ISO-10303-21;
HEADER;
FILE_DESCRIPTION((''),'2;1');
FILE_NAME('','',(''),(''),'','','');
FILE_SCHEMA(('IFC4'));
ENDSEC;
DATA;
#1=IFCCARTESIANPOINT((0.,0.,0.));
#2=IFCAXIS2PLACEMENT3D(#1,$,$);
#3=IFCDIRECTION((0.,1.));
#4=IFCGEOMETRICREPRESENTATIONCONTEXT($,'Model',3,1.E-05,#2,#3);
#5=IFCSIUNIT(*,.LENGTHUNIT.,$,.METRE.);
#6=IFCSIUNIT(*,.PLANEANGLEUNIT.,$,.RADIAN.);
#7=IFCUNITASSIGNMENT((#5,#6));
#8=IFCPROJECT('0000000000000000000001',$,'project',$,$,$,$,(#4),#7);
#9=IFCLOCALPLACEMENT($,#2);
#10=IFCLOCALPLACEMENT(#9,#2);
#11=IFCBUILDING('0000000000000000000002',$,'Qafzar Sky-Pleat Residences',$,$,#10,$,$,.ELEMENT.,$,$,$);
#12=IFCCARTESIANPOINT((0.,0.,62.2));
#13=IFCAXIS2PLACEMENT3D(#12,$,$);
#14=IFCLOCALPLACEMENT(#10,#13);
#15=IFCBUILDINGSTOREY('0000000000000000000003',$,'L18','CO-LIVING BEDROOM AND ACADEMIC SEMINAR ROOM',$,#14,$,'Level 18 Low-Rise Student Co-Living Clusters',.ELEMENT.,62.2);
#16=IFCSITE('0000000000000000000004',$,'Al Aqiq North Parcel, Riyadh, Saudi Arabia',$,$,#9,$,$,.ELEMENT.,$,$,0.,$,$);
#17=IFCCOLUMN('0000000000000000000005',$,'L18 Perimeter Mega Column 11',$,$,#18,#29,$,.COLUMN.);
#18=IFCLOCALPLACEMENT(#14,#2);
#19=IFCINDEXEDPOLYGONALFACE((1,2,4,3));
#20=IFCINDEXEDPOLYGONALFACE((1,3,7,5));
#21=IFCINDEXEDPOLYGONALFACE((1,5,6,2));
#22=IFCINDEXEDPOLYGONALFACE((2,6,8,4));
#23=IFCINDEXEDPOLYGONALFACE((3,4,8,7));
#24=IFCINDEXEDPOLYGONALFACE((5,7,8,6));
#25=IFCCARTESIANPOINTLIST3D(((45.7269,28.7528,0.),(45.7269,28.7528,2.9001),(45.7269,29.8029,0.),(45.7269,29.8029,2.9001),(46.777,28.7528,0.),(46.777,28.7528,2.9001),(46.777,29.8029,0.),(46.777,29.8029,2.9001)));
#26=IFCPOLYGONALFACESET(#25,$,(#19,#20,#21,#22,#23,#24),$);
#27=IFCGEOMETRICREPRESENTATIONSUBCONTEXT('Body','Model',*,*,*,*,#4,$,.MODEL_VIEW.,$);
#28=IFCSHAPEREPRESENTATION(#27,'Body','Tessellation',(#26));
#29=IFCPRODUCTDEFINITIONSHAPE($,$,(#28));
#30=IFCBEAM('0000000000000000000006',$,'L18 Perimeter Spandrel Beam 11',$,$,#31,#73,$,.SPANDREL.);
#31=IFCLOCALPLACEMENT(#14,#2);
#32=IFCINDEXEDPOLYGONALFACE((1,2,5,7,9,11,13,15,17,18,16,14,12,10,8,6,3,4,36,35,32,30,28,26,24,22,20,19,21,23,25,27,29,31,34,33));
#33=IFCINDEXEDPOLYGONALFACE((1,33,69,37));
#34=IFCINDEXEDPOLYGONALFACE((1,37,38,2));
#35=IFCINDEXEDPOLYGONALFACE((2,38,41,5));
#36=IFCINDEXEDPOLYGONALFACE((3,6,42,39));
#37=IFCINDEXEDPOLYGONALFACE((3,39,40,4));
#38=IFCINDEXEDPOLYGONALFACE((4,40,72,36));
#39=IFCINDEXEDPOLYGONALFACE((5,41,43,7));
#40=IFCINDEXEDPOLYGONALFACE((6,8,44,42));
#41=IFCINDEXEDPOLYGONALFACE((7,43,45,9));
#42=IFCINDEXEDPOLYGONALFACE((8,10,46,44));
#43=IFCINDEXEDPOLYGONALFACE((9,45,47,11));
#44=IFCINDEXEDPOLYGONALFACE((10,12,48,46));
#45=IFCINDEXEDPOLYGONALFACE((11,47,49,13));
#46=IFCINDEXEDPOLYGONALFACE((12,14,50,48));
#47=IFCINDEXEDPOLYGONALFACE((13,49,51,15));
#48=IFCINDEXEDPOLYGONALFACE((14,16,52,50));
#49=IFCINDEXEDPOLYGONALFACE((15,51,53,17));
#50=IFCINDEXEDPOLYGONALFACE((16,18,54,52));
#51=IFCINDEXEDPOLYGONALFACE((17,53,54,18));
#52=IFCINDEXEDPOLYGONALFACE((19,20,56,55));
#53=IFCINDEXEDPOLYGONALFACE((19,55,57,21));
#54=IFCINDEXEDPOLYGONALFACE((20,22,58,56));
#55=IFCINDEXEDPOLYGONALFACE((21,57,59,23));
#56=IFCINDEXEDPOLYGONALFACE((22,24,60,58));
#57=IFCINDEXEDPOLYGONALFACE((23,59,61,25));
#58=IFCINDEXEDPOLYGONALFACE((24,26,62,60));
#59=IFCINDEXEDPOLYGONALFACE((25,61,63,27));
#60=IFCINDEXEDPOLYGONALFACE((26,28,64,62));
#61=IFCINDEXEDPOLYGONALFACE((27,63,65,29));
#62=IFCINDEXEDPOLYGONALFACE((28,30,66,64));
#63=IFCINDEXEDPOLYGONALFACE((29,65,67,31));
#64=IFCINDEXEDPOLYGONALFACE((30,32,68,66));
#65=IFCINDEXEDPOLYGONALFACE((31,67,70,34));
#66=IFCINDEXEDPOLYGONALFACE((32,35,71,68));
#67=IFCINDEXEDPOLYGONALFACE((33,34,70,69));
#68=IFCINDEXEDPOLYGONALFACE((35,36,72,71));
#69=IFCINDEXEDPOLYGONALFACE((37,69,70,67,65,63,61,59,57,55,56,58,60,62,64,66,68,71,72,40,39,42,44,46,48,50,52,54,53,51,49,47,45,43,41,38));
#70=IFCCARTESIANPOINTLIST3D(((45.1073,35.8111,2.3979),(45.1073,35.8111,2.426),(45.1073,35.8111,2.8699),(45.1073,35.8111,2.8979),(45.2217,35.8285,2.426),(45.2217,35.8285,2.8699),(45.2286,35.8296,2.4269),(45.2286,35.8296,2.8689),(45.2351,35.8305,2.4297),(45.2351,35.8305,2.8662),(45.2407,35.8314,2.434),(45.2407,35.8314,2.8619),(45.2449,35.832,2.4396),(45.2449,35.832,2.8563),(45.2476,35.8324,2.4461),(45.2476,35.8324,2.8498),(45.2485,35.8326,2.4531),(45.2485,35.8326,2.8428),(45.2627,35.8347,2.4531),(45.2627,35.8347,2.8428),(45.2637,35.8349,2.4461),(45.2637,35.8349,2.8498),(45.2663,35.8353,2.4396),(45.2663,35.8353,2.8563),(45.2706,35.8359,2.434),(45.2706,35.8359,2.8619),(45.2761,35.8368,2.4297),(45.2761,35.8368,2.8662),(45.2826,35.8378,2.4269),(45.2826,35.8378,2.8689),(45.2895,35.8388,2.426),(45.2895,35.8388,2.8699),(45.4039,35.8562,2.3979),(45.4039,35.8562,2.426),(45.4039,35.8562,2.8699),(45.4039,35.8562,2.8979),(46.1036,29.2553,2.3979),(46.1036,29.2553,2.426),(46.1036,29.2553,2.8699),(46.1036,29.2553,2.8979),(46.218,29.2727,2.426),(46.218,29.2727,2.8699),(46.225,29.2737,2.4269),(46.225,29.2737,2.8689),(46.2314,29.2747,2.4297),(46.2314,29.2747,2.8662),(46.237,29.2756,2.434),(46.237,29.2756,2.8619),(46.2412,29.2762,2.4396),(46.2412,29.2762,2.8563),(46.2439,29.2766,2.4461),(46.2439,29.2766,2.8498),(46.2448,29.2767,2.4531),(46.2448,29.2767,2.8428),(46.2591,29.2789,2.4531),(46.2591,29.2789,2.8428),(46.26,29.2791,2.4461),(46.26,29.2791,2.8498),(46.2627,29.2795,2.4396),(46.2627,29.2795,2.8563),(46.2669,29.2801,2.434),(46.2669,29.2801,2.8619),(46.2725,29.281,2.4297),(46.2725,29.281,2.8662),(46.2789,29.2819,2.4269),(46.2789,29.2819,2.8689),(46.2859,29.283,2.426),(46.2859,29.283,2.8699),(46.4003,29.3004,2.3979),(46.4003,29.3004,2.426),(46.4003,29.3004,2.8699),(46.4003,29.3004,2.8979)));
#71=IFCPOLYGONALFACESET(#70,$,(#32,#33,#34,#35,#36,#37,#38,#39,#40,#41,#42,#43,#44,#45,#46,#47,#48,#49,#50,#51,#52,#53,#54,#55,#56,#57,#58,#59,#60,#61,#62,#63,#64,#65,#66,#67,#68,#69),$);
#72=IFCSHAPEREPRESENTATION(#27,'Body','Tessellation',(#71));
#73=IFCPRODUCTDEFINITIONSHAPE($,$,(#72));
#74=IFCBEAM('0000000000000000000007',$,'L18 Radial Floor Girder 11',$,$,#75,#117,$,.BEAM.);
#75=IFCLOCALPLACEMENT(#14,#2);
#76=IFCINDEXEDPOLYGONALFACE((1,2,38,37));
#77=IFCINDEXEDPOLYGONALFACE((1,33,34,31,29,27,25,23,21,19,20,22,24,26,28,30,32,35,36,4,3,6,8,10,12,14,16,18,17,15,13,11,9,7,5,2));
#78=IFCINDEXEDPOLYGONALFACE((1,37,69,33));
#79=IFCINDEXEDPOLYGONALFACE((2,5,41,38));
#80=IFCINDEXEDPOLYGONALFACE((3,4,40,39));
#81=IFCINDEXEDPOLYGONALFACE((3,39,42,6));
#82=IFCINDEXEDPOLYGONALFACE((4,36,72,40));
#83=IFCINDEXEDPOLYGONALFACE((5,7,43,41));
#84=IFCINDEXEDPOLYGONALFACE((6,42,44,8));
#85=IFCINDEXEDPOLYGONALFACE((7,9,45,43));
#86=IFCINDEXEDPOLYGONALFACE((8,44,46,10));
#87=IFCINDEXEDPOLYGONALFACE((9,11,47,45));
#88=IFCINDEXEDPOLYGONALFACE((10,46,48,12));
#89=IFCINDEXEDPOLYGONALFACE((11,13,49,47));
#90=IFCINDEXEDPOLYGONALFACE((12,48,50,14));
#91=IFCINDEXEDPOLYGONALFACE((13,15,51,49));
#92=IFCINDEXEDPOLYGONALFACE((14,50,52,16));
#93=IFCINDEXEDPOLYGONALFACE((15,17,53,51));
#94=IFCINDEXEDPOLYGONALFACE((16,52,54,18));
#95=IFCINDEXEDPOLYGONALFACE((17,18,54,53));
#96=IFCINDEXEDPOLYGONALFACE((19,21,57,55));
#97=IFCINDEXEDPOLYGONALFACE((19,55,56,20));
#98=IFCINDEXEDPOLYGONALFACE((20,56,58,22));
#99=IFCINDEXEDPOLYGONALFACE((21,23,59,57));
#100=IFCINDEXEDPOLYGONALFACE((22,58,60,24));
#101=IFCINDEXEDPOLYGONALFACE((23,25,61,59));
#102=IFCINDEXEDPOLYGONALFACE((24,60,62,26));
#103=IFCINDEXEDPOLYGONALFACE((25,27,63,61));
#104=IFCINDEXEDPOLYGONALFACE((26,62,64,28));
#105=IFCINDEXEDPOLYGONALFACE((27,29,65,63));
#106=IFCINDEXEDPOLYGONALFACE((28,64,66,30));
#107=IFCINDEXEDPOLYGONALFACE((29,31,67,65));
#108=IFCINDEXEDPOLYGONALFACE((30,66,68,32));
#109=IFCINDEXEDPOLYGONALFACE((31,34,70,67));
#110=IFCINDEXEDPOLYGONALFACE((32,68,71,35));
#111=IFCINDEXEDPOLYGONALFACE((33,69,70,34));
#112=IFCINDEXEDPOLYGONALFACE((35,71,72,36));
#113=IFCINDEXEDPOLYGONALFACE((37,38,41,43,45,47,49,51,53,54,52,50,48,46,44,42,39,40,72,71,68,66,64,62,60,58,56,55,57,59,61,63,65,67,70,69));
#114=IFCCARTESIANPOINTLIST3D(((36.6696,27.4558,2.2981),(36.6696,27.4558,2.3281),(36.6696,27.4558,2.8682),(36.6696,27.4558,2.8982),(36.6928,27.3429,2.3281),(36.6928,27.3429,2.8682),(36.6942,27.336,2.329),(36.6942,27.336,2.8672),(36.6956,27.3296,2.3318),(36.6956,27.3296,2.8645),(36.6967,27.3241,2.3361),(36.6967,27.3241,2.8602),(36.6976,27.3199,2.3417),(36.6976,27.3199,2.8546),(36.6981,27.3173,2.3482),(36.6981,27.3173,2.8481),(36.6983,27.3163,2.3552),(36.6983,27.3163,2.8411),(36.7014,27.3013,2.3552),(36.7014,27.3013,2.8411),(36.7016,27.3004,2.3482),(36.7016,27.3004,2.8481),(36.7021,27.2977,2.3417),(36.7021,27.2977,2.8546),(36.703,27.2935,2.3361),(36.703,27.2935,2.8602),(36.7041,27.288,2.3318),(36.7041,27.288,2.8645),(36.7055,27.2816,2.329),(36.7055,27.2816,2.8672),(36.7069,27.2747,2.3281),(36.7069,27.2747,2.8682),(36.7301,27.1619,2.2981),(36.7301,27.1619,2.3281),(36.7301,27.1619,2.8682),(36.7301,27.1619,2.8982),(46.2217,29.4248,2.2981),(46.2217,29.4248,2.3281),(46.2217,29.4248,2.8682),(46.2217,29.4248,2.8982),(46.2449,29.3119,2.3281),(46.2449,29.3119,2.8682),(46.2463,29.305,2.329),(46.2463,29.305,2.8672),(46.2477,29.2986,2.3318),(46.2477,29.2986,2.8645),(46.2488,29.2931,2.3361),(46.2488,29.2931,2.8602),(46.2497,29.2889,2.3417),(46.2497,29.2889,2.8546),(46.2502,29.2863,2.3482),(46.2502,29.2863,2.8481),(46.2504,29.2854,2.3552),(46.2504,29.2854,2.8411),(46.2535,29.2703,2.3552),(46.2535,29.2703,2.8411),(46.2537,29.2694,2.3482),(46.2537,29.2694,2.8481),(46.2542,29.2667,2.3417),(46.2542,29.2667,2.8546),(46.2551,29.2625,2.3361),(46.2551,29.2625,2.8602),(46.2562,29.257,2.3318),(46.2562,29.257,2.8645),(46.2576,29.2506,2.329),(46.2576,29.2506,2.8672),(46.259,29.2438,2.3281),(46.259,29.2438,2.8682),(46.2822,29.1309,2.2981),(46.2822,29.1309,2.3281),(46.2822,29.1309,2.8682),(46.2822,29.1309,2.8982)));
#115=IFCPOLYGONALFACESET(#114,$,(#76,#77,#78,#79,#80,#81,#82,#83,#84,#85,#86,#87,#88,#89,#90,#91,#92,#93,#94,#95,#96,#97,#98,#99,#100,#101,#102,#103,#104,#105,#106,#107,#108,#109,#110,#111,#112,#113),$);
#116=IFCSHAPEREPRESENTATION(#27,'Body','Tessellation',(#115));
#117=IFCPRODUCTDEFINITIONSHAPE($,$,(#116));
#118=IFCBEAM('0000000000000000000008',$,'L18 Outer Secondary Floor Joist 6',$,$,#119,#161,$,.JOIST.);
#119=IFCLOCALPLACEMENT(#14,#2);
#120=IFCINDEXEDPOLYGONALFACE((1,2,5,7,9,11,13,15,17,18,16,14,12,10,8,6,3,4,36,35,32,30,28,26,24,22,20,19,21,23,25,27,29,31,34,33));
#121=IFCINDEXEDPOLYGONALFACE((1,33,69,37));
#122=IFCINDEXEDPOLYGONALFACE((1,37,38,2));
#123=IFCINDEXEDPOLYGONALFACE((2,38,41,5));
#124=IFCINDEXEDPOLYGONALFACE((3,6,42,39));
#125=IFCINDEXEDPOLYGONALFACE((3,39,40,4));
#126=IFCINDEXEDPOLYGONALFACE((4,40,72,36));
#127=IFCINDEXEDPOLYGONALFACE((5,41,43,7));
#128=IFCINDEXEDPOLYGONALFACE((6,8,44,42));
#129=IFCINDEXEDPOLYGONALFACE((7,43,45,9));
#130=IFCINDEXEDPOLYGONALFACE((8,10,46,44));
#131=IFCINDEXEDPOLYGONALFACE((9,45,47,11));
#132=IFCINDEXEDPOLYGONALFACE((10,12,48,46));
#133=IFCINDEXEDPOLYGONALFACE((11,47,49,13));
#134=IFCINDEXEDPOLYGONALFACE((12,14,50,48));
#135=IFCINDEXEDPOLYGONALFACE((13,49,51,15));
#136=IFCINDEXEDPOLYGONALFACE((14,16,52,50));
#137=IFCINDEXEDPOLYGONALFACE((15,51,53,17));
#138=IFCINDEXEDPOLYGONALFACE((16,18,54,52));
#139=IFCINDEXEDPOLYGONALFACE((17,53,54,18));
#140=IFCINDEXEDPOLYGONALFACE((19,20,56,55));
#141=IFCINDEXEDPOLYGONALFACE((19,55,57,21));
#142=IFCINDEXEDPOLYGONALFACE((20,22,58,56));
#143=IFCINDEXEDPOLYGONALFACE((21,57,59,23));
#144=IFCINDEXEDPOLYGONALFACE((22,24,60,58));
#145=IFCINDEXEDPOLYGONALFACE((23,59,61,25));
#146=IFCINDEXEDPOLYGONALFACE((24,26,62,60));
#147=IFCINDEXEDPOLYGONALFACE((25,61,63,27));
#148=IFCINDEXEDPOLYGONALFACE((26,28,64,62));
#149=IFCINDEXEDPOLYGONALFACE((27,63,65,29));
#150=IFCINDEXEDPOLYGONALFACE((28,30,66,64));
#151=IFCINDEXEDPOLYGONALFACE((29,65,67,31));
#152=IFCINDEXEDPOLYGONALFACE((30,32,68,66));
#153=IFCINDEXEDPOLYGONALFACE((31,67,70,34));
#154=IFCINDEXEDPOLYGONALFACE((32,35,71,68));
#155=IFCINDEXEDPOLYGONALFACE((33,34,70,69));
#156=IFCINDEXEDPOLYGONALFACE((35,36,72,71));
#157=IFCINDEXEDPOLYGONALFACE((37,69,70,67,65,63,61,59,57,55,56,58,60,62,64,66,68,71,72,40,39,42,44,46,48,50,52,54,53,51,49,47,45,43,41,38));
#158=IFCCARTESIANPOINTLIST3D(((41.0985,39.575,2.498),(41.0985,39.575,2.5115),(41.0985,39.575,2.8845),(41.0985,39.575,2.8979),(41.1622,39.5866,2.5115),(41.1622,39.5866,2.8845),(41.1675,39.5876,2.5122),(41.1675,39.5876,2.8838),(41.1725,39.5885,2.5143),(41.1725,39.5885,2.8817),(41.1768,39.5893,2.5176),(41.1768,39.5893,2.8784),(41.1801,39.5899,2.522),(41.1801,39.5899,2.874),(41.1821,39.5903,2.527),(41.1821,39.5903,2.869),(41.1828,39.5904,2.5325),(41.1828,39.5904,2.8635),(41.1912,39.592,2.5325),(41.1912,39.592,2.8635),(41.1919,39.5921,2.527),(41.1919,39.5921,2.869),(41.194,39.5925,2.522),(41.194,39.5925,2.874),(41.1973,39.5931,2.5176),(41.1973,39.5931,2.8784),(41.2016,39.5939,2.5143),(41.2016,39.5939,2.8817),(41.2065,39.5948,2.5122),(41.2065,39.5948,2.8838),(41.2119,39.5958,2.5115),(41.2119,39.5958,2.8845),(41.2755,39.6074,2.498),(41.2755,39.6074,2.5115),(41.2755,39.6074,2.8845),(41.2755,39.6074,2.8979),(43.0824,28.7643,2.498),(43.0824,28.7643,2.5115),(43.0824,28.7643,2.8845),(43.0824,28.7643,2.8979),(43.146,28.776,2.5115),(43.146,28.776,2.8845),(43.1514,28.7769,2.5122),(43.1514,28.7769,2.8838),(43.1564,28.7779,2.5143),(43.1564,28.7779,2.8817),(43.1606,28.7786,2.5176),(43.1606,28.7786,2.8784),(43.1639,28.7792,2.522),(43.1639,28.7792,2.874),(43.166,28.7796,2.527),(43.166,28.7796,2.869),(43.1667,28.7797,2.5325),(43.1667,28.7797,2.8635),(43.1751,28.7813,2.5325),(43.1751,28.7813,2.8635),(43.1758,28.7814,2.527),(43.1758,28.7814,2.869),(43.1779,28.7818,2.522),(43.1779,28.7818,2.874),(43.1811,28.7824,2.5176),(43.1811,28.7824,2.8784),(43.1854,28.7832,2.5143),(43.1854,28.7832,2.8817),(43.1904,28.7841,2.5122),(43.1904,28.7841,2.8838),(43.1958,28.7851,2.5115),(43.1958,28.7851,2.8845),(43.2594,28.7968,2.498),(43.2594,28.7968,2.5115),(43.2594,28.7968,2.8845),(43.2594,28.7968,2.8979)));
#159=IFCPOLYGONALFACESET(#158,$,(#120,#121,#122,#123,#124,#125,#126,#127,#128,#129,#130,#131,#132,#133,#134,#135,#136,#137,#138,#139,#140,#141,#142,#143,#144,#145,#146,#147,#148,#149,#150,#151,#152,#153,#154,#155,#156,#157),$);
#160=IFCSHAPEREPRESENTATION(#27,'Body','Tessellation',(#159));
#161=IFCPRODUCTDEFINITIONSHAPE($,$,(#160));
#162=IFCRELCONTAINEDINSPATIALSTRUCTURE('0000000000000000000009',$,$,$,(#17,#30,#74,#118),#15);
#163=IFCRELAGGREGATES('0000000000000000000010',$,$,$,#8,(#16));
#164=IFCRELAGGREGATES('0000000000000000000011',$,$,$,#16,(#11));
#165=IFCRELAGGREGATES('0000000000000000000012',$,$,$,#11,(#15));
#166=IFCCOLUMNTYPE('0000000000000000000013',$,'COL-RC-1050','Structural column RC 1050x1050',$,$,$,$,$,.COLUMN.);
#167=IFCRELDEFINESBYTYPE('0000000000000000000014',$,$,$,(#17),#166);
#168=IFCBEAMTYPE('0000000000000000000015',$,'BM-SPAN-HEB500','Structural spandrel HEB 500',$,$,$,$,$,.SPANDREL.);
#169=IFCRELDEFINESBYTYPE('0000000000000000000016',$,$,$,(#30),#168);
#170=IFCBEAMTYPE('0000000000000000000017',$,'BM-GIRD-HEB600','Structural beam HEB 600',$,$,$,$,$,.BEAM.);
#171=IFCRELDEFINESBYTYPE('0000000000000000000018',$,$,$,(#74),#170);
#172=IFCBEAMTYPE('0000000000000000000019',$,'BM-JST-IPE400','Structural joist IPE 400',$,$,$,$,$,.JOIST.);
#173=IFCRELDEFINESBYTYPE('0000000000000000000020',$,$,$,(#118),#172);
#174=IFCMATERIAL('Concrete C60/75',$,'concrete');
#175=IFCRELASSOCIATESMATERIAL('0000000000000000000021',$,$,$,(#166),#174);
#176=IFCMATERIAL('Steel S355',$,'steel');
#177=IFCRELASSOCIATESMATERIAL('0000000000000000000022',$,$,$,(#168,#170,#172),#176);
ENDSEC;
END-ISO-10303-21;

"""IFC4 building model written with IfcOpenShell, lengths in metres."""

from ifc_helpers import new_model, si_unit, direction, frame, origin, origin_2d, place, context, subcontext, project, spatial, rectangle, i_section, extrude, source, transform, mapped, material, material_profile, profile_set, type_object, element, save


model = new_model("IFC4")

# Units and contexts
model_context = context("Model", 3, precision=1e-05, world=origin(), true_north=direction((0.0, 1.0)))
body_context = subcontext(model_context, "Body", "Model", "MODEL_VIEW")
ifc_project = project(units=[si_unit("LENGTHUNIT", "METRE"), si_unit("PLANEANGLEUNIT", "RADIAN")], contexts=[model_context])

# Site, building, storey
site_placement = place(None, origin())
site = spatial("IfcSite", under=ifc_project, at=site_placement, Name="Al Aqiq North Parcel, Riyadh, Saudi Arabia", CompositionType="ELEMENT", RefElevation=0.0)
building_placement = place(site_placement, origin())
building = spatial("IfcBuilding", under=site, at=building_placement, Name="Qafzar Sky-Pleat Residences", CompositionType="ELEMENT")
storey_placement = place(building_placement, frame((0.0, 0.0, 62.2)))
storey = spatial("IfcBuildingStorey", under=building, at=storey_placement, Name="L18", Description="CO-LIVING BEDROOM AND ACADEMIC SEMINAR ROOM", LongName="Level 18 Low-Rise Student Co-Living Clusters", CompositionType="ELEMENT", Elevation=62.2)

# Column
ifc_material_1 = material(Name="Concrete C60/75", Category="concrete")
ifc_material_profile_1 = material_profile(ifc_material_1, rectangle(XDim=1.05, YDim=1.05, at=origin_2d()), Name="RC 1050x1050")
ifc_profile_set_1 = profile_set([ifc_material_profile_1], Name="Concrete C60/75")
column_type = type_object("IfcColumnType", Name="COL-RC-1050", Description="Structural column RC 1050x1050", PredefinedType="COLUMN", material=ifc_profile_set_1)
shared_shape_1 = source(origin(), body_context, "Body", "SweptSolid", [
    extrude(rectangle(XDim=1.05, YDim=1.05, at=origin_2d()), origin(), (0.0, 0.0, 1.0), 2.9001),
])
column_placement = place(storey_placement, frame((46.252, 29.2778, 0.0), z_axis=(0.0, 0.0, 1.0), x_axis=(1.0, 0.0, 0.0)))
element("IfcColumn", 1, at=column_placement, inside=storey, type_object=column_type, Name="L18 Perimeter Mega Column 11", PredefinedType="COLUMN", context=body_context, shape_type="MappedRepresentation", body=[
    mapped(shared_shape_1, transform((0.0, 0.0, 0.0), x_axis=(1.0, 0.0, 0.0), y_axis=(0.0, 1.0, 0.0), z_axis=(0.0, 0.0, 1.0), scale=1.0)),
])

# Beams
ifc_material_2 = material(Name="Steel S355", Category="steel")
ifc_material_profile_2 = material_profile(ifc_material_2, i_section(OverallWidth=0.3, OverallDepth=0.5, WebThickness=0.0144, FlangeThickness=0.0281, FilletRadius=0.0271, at=origin_2d()), Name="HEB 500")
ifc_profile_set_2 = profile_set([ifc_material_profile_2], Name="Steel S355")
beam_type_1 = type_object("IfcBeamType", Name="BM-SPAN-HEB500", Description="Structural spandrel HEB 500", PredefinedType="SPANDREL", material=ifc_profile_set_2)
shared_shape_2 = source(origin(), body_context, "Body", "SweptSolid", [
    extrude(i_section(OverallWidth=0.3, OverallDepth=0.5, WebThickness=0.0144, FlangeThickness=0.0281, FilletRadius=0.0271, at=origin_2d()), origin(), (0.0, 0.0, 1.0), 6.6311),
])
beam_1_placement = place(storey_placement, frame((46.252, 29.2778, 2.6479), z_axis=(-0.15025, 0.988648, 0.0), x_axis=(-0.988648, -0.15025, 0.0)))
element("IfcBeam", 2, at=beam_1_placement, inside=storey, type_object=beam_type_1, Name="L18 Perimeter Spandrel Beam 11", PredefinedType="SPANDREL", context=body_context, shape_type="MappedRepresentation", body=[
    mapped(shared_shape_2, transform((0.0, 0.0, 0.0), x_axis=(1.0, 0.0, 0.0), y_axis=(0.0, 1.0, 0.0), z_axis=(0.0, 0.0, 1.0), scale=1.0)),
])
ifc_material_profile_3 = material_profile(ifc_material_2, i_section(OverallWidth=0.3, OverallDepth=0.6001, WebThickness=0.0154, FlangeThickness=0.03, FilletRadius=0.0271, at=origin_2d()), Name="HEB 600")
ifc_profile_set_3 = profile_set([ifc_material_profile_3], Name="Steel S355")
beam_type_2 = type_object("IfcBeamType", Name="BM-GIRD-HEB600", Description="Structural beam HEB 600", PredefinedType="BEAM", material=ifc_profile_set_3)
shared_shape_3 = source(origin(), body_context, "Body", "SweptSolid", [
    extrude(i_section(OverallWidth=0.3, OverallDepth=0.6001, WebThickness=0.0154, FlangeThickness=0.03, FilletRadius=0.0271, at=origin_2d()), origin(), (0.0, 0.0, 1.0), 9.7529),
])
beam_2_placement = place(storey_placement, frame((46.252, 29.2778, 2.5981), z_axis=(-0.979408, -0.20189, 0.0), x_axis=(0.20189, -0.979408, 0.0)))
element("IfcBeam", 3, at=beam_2_placement, inside=storey, type_object=beam_type_2, Name="L18 Radial Floor Girder 11", PredefinedType="BEAM", context=body_context, shape_type="MappedRepresentation", body=[
    mapped(shared_shape_3, transform((0.0, 0.0, 0.0), x_axis=(1.0, 0.0, 0.0), y_axis=(0.0, 1.0, 0.0), z_axis=(0.0, 0.0, 1.0), scale=1.0)),
])
ifc_material_profile_4 = material_profile(ifc_material_2, i_section(OverallWidth=0.1799, OverallDepth=0.3999, WebThickness=0.0085, FlangeThickness=0.0134, FilletRadius=0.021, at=origin_2d()), Name="IPE 400")
ifc_profile_set_4 = profile_set([ifc_material_profile_4], Name="Steel S355")
beam_type_3 = type_object("IfcBeamType", Name="BM-JST-IPE400", Description="Structural joist IPE 400", PredefinedType="JOIST", material=ifc_profile_set_4)
shared_shape_4 = source(origin(), body_context, "Body", "SweptSolid", [
    extrude(i_section(OverallWidth=0.1799, OverallDepth=0.3999, WebThickness=0.0085, FlangeThickness=0.0134, FilletRadius=0.021, at=origin_2d()), origin(), (0.0, 0.0, 1.0), 10.9912),
])
beam_3_placement = place(storey_placement, frame((43.1709, 28.7805, 2.698), z_axis=(-0.180496, 0.983576, 0.0), x_axis=(-0.983576, -0.180496, 0.0)))
element("IfcBeam", 4, at=beam_3_placement, inside=storey, type_object=beam_type_3, Name="L18 Outer Secondary Floor Joist 6", PredefinedType="JOIST", context=body_context, shape_type="MappedRepresentation", body=[
    mapped(shared_shape_4, transform((0.0, 0.0, 0.0), x_axis=(1.0, 0.0, 0.0), y_axis=(0.0, 1.0, 0.0), z_axis=(0.0, 0.0, 1.0), scale=1.0)),
])

save(model, "model.ifc")
